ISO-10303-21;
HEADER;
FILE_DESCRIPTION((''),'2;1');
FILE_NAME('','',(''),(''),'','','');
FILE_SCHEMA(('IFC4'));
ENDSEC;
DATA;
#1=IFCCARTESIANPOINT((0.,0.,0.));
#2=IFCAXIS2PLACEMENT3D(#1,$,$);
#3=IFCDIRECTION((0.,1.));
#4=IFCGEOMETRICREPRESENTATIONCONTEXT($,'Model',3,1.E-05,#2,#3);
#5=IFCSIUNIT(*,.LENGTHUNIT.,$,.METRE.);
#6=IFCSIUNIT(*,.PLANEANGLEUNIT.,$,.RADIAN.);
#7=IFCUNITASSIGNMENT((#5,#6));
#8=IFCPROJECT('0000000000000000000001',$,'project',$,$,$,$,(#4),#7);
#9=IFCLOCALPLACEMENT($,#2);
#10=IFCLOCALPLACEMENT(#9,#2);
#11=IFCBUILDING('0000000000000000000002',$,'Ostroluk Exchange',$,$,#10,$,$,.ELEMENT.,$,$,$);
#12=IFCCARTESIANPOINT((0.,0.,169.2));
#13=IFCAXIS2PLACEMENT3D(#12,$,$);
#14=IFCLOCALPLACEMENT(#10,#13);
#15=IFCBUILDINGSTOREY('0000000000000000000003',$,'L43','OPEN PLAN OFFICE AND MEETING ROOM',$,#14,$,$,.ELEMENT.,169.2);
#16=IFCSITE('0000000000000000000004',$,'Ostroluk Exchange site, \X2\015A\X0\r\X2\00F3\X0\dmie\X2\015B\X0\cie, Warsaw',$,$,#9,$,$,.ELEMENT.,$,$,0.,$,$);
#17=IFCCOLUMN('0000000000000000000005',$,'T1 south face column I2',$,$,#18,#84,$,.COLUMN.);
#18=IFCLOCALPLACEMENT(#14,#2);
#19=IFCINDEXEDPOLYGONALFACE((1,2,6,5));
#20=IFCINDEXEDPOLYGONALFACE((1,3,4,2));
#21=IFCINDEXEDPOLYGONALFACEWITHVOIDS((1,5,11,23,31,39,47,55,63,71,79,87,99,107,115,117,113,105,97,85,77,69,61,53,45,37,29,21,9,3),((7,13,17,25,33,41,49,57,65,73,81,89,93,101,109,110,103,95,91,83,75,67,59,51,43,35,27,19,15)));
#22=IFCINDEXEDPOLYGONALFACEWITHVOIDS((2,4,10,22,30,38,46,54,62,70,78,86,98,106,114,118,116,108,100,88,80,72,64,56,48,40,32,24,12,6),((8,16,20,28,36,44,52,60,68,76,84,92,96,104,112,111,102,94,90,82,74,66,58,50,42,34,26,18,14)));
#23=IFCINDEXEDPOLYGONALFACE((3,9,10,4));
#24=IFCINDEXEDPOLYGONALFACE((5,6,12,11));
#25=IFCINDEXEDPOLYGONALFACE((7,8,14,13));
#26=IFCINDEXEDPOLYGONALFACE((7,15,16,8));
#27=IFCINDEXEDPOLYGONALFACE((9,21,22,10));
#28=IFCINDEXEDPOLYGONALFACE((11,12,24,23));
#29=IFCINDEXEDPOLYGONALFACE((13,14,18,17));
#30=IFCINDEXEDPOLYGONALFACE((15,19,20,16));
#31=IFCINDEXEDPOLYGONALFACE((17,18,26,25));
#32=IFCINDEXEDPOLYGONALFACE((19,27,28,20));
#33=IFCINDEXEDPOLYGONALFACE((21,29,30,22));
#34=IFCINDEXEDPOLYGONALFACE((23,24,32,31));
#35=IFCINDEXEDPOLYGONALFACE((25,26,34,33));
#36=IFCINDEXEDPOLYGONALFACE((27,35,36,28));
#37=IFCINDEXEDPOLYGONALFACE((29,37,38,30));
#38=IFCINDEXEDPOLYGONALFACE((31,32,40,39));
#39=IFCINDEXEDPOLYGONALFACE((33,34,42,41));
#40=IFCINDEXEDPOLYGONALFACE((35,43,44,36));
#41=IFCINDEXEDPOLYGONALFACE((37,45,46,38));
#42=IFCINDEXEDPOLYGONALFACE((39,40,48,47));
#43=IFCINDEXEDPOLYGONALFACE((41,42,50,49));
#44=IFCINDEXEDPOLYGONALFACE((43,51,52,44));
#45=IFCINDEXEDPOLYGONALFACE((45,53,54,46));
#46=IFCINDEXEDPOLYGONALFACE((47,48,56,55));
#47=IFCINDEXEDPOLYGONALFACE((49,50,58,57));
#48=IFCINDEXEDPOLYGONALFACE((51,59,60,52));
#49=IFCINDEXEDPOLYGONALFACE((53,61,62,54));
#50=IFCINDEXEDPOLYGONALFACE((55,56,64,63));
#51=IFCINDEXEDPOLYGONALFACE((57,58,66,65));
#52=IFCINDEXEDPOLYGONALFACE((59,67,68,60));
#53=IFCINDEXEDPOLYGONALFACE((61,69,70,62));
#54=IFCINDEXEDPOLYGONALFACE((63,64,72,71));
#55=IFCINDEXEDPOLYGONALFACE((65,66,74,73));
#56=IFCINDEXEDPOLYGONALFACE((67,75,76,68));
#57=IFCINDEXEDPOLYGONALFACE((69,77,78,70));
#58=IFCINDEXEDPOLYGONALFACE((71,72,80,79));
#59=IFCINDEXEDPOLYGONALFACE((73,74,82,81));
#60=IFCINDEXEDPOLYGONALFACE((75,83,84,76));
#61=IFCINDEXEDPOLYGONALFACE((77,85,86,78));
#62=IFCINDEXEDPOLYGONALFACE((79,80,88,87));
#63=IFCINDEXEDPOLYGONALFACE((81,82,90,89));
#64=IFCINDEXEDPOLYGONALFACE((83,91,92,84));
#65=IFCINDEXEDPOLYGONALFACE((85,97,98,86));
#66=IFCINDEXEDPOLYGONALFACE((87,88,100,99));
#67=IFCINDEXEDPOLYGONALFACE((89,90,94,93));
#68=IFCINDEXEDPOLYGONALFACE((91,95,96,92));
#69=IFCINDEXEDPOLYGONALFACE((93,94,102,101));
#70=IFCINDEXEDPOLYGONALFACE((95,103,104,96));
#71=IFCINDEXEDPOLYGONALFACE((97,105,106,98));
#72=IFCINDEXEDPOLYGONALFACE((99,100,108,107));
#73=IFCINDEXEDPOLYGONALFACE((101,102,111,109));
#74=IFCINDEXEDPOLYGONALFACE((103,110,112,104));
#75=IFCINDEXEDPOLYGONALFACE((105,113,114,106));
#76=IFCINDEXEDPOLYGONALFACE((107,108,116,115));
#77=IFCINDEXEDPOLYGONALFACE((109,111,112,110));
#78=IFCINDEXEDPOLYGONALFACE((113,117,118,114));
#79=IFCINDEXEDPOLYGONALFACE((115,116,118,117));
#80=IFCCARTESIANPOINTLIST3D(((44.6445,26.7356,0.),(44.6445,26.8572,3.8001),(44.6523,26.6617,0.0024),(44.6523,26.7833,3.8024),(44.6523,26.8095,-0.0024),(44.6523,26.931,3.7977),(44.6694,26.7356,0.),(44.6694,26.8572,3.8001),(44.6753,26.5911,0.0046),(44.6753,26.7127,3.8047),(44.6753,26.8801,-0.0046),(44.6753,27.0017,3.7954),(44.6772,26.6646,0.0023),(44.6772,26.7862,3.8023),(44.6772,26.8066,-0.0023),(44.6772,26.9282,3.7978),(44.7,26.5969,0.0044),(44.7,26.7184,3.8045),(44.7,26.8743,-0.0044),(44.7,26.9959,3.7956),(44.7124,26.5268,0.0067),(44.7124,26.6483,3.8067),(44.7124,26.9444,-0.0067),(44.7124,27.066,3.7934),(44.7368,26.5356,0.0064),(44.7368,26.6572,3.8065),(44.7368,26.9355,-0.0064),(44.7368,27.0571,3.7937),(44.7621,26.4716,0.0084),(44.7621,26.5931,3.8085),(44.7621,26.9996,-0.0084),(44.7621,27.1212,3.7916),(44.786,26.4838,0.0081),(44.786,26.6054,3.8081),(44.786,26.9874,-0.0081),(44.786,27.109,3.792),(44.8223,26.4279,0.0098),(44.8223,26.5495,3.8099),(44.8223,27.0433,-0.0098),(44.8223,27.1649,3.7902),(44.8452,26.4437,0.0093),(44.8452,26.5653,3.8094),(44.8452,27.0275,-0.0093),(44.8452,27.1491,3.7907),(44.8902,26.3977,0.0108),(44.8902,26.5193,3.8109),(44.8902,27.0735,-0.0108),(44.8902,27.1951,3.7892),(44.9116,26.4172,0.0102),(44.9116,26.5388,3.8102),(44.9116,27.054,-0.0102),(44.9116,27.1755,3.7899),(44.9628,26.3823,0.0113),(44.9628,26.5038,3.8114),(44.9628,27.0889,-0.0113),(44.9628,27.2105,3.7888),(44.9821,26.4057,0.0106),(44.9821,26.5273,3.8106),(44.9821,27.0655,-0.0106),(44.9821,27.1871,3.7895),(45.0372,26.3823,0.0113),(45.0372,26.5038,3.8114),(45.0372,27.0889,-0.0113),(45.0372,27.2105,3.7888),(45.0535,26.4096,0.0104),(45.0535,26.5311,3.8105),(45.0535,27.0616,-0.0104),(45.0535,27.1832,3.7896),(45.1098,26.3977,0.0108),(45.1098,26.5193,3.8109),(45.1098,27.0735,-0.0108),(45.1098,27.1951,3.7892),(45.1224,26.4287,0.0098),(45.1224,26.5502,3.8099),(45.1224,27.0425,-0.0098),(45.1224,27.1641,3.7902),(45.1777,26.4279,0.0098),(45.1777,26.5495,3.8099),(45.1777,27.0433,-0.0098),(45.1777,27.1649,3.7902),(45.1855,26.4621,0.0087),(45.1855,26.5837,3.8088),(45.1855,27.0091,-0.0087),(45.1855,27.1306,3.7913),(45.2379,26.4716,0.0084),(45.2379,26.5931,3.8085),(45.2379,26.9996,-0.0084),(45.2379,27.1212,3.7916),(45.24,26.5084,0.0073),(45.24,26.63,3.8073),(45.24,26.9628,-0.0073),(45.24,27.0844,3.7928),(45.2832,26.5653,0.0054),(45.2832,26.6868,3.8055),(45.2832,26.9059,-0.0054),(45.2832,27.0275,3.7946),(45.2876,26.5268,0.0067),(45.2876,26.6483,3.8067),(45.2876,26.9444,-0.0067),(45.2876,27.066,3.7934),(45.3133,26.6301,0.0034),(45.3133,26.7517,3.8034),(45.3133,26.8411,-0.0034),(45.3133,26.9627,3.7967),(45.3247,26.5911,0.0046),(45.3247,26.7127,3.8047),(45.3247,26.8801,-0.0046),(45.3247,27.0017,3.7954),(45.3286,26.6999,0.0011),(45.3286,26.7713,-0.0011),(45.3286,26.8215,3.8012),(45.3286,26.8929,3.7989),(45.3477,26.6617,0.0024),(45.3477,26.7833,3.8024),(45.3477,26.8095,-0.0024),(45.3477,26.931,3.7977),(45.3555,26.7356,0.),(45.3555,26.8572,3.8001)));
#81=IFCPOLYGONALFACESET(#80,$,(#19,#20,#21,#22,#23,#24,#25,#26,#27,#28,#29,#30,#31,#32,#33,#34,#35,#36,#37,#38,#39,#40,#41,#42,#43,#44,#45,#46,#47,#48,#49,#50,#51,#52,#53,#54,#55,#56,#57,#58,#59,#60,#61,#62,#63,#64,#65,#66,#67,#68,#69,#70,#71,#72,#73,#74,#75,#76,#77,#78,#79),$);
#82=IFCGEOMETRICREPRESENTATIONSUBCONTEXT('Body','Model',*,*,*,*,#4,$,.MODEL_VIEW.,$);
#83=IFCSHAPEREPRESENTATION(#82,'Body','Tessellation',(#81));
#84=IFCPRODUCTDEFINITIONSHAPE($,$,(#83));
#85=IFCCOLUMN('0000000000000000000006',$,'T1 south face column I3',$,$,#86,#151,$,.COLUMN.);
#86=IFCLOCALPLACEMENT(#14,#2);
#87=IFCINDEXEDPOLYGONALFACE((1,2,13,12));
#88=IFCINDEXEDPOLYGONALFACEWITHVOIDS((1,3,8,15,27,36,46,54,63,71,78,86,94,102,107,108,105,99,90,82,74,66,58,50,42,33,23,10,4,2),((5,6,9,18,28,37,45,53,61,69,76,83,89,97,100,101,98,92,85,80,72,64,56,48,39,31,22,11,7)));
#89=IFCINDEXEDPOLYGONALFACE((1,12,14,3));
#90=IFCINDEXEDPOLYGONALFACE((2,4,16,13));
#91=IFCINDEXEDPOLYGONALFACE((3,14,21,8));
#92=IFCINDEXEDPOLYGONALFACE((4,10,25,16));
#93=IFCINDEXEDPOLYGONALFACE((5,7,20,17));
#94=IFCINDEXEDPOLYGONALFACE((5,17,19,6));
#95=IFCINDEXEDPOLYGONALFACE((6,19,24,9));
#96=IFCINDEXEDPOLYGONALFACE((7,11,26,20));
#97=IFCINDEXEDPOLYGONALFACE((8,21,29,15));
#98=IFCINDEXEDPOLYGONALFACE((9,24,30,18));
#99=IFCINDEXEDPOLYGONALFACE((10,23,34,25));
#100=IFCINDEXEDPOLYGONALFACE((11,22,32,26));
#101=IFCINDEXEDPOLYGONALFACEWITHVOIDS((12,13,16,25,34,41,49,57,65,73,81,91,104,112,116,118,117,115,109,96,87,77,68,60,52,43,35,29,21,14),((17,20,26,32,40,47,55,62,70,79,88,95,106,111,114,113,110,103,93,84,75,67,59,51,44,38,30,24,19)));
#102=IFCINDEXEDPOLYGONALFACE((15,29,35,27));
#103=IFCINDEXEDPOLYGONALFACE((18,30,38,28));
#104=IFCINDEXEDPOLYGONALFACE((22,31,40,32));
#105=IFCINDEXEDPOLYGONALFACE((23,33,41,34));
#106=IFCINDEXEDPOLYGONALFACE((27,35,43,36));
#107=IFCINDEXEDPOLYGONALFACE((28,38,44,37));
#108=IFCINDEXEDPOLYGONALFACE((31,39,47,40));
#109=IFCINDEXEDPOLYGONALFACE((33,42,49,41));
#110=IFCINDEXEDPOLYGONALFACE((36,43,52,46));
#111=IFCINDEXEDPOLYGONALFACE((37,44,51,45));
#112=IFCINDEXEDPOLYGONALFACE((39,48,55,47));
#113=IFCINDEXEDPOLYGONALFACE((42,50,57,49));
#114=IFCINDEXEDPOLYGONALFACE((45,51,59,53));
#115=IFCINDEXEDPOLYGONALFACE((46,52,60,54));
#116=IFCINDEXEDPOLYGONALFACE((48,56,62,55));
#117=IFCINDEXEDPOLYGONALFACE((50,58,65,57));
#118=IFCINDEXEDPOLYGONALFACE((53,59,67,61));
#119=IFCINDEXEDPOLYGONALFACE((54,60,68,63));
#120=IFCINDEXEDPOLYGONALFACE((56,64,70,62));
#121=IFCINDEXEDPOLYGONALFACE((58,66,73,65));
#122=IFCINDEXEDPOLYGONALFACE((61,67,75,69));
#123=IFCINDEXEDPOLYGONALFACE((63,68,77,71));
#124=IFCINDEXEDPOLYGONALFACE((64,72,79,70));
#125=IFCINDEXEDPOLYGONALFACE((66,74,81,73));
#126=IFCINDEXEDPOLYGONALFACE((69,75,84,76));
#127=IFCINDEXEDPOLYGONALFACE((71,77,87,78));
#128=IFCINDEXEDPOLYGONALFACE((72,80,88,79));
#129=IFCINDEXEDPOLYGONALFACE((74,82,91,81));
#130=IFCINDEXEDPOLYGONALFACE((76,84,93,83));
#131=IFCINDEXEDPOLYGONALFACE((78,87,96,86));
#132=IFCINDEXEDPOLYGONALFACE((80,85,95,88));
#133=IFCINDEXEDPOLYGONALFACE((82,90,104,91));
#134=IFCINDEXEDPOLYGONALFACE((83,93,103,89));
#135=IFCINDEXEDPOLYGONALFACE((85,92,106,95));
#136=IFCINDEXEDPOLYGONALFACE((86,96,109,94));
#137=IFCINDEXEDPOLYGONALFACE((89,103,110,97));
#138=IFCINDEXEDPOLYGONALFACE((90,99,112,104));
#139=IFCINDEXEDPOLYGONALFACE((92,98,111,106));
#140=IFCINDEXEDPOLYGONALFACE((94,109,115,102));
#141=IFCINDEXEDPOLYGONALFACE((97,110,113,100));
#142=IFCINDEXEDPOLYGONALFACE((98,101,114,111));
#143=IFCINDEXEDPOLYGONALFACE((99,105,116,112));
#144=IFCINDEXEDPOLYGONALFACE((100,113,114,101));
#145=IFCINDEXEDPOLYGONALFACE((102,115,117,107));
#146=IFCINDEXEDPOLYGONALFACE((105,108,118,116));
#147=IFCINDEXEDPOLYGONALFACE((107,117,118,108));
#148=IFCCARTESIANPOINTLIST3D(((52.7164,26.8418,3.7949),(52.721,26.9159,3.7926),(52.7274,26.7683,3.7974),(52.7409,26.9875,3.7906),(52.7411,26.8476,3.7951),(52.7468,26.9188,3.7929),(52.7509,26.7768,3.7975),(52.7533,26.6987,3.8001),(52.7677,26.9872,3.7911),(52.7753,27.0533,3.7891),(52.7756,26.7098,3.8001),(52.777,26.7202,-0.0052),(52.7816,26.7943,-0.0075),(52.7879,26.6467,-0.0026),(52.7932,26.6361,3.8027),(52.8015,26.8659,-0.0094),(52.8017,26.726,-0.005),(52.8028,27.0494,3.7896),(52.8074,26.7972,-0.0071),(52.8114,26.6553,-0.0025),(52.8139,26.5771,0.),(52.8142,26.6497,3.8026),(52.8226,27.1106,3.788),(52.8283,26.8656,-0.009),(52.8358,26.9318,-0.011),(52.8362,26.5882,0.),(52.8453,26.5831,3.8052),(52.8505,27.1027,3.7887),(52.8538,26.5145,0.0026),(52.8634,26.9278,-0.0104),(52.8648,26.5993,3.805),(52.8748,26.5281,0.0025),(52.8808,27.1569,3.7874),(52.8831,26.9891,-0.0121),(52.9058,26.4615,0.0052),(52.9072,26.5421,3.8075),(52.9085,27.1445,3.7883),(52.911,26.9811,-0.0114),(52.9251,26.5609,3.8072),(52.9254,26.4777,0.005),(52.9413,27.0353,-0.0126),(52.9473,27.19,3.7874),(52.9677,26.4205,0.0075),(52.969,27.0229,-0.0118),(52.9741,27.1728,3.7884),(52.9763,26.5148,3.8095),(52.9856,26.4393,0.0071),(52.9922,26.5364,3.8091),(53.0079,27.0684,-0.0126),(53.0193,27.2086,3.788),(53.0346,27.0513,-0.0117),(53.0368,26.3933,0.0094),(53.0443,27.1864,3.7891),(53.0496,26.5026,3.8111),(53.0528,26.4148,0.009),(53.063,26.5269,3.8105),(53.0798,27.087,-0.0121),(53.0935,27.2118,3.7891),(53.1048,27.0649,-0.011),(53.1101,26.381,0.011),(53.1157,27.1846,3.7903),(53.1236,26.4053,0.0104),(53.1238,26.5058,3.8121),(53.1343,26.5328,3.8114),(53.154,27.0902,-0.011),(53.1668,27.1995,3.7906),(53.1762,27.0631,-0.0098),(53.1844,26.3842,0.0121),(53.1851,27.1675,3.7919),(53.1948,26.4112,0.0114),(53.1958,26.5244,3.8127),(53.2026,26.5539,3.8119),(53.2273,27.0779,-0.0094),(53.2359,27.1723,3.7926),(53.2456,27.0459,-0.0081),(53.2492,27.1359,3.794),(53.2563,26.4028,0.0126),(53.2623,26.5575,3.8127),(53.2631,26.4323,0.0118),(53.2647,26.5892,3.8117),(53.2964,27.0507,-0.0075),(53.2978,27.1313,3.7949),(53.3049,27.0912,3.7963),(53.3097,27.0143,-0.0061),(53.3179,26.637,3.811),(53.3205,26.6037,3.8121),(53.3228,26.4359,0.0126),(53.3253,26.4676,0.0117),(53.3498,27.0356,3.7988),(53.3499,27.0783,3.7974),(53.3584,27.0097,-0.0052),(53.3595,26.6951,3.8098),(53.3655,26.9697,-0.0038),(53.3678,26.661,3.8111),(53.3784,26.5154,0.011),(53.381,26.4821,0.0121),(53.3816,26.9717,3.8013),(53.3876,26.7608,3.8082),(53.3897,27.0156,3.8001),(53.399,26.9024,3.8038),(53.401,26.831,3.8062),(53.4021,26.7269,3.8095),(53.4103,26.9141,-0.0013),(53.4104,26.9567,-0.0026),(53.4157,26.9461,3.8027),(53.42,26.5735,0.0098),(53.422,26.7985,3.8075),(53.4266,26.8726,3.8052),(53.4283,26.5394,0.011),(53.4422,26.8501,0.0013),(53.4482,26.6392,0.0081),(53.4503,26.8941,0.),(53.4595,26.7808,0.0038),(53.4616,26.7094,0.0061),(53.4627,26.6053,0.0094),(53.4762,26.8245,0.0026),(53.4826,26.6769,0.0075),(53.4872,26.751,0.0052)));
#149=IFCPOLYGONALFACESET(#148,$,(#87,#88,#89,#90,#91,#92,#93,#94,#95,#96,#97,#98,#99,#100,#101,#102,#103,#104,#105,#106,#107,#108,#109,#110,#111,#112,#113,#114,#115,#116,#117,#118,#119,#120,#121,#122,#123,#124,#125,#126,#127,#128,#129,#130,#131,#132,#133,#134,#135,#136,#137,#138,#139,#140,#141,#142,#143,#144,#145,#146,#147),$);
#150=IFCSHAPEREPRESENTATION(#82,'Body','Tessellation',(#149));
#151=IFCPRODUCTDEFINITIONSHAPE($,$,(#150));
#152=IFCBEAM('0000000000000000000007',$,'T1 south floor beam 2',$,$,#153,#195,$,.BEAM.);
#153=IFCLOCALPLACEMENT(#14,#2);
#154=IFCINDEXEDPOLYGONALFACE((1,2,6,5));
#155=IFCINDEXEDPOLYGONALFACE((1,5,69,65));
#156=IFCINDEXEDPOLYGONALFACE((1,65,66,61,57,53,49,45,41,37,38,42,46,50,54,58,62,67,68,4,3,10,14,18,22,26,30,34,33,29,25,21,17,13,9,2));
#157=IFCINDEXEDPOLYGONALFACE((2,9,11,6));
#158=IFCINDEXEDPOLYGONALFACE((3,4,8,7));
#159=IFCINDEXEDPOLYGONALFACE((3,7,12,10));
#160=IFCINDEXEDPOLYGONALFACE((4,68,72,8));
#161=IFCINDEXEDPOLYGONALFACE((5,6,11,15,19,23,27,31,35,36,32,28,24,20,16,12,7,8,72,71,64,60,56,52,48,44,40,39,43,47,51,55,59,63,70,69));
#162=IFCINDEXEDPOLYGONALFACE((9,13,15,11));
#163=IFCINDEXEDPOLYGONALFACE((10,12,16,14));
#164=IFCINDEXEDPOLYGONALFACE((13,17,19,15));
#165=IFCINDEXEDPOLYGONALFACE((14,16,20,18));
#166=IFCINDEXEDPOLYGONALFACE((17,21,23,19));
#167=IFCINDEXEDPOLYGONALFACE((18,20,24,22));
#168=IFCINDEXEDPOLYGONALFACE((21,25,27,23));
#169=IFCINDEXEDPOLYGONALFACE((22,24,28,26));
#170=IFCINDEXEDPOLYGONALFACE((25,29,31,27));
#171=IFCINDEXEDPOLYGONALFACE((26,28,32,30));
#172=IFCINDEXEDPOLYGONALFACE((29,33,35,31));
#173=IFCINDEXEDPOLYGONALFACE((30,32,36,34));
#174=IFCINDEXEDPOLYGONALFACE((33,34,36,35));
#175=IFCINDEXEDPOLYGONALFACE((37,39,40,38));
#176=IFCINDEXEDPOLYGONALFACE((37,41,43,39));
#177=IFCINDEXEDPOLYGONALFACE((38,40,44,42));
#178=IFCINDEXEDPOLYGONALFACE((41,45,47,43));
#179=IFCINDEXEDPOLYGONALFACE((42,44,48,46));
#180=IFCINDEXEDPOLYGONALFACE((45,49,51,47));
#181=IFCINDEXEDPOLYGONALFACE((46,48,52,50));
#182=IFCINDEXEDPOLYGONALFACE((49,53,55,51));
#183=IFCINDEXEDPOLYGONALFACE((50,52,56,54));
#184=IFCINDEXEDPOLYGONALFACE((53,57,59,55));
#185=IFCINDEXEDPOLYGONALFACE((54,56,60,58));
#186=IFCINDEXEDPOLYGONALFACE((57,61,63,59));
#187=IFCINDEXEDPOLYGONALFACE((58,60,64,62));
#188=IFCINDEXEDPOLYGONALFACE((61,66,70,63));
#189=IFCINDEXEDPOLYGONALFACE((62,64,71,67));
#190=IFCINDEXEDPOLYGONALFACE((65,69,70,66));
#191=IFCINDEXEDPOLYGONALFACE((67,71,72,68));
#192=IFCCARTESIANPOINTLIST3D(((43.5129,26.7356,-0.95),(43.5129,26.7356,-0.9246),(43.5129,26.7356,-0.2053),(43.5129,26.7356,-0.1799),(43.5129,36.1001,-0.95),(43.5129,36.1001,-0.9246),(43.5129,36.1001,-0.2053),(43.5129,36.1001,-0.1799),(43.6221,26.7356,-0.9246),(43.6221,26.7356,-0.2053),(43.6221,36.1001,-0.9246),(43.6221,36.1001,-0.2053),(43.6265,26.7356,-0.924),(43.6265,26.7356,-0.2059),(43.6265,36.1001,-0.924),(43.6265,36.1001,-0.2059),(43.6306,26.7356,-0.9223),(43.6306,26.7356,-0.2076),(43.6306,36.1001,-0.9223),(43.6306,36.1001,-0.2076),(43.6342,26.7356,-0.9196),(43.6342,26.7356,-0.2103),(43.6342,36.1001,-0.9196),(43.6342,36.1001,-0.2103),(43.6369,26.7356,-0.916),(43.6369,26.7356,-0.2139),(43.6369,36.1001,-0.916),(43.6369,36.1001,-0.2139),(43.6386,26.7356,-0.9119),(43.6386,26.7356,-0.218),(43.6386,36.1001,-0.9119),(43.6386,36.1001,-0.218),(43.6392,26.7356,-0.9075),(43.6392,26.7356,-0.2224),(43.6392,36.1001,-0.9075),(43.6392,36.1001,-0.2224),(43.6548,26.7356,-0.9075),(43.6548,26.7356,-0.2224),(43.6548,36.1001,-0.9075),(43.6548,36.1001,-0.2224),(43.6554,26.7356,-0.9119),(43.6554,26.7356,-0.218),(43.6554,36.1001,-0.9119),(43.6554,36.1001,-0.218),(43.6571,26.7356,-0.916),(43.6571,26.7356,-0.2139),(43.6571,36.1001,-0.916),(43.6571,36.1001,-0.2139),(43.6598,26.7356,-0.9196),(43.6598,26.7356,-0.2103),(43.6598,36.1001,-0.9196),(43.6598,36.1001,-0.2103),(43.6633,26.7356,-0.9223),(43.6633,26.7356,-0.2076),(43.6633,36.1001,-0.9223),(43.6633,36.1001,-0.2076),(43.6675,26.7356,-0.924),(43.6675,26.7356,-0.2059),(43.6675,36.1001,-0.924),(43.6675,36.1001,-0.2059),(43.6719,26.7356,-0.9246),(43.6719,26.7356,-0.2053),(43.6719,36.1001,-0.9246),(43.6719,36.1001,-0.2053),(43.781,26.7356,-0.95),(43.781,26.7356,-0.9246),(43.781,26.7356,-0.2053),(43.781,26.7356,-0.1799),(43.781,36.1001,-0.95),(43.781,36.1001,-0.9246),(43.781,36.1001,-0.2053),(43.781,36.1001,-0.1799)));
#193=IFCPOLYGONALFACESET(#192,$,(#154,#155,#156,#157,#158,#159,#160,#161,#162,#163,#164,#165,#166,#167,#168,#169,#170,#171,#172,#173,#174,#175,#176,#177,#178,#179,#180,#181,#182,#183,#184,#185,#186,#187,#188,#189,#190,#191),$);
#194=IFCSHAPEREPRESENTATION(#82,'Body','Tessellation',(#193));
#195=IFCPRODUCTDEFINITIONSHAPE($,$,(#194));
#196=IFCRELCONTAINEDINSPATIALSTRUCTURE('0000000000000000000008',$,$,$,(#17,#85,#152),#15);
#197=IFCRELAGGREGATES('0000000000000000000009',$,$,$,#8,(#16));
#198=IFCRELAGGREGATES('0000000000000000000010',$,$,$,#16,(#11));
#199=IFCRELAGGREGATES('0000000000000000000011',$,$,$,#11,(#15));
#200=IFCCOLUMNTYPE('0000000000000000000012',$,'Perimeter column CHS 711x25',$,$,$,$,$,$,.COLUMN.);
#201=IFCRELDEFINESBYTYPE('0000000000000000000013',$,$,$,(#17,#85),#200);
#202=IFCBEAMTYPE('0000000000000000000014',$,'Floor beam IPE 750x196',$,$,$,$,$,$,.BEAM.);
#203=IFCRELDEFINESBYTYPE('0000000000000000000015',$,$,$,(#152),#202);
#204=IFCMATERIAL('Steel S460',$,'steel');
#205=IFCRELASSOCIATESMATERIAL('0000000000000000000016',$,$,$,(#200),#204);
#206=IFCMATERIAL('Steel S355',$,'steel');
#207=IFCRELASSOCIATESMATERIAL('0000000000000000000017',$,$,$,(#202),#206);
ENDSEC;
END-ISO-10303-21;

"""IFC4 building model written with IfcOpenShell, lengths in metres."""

from ifc_helpers import new_model, si_unit, direction, frame, origin, origin_2d, place, context, subcontext, project, spatial, hollow_circle, i_section, extrude, material, material_profile, profile_set, type_object, element, save


model = new_model("IFC4")

# Units and contexts
model_context = context("Model", 3, precision=1e-05, world=origin(), true_north=direction((0.0, 1.0)))
body_context = subcontext(model_context, "Body", "Model", "MODEL_VIEW")
ifc_project = project(units=[si_unit("LENGTHUNIT", "METRE"), si_unit("PLANEANGLEUNIT", "RADIAN")], contexts=[model_context])

# Site, building, storey
site_placement = place(None, origin())
site = spatial("IfcSite", under=ifc_project, at=site_placement, Name="Ostroluk Exchange site, Śródmieście, Warsaw", CompositionType="ELEMENT", RefElevation=0.0)
building_placement = place(site_placement, origin())
building = spatial("IfcBuilding", under=site, at=building_placement, Name="Ostroluk Exchange", CompositionType="ELEMENT")
storey_placement = place(building_placement, frame((0.0, 0.0, 169.2)))
storey = spatial("IfcBuildingStorey", under=building, at=storey_placement, Name="L43", Description="OPEN PLAN OFFICE AND MEETING ROOM", CompositionType="ELEMENT", Elevation=169.2)

# Columns
ifc_material_1 = material(Name="Steel S460", Category="steel")
ifc_material_profile_1 = material_profile(ifc_material_1, hollow_circle(Radius=0.3555, WallThickness=0.0249, at=origin_2d()), Name="CHS 711x25")
ifc_profile_set_1 = profile_set([ifc_material_profile_1], Name="Steel S460")
column_type = type_object("IfcColumnType", Name="Perimeter column CHS 711x25", PredefinedType="COLUMN", material=ifc_profile_set_1)
column_1_placement = place(storey_placement, frame((45.0, 26.7356, 0.0), z_axis=(0.0, 0.031978, 0.999489), x_axis=(-1.0, 0.0, 0.0)))
element("IfcColumn", 1, at=column_1_placement, inside=storey, type_object=column_type, Name="T1 south face column I2", PredefinedType="COLUMN", context=body_context, shape_type="SweptSolid", body=[
    extrude(hollow_circle(Radius=0.3555, WallThickness=0.0249, at=origin_2d()), origin(), (0.0, 0.0, 1.0), 3.802),
])
column_2_placement = place(storey_placement, frame((53.1321, 26.7356, 0.0), z_axis=(-0.015923, 0.031974, 0.999362), x_axis=(-0.895145, -0.445775, 0.0)))
element("IfcColumn", 2, at=column_2_placement, inside=storey, type_object=column_type, Name="T1 south face column I3", PredefinedType="COLUMN", context=body_context, shape_type="SweptSolid", body=[
    extrude(hollow_circle(Radius=0.3555, WallThickness=0.0249, at=origin_2d()), origin(), (0.0, 0.0, 1.0), 3.8025),
])

# Beam
ifc_material_2 = material(Name="Steel S355", Category="steel")
ifc_material_profile_2 = material_profile(ifc_material_2, i_section(OverallWidth=0.2681, OverallDepth=0.77, WebThickness=0.0156, FlangeThickness=0.0254, FilletRadius=0.0171, at=origin_2d()), Name="IPE 750x196")
ifc_profile_set_2 = profile_set([ifc_material_profile_2], Name="Steel S355")
beam_type_1 = type_object("IfcBeamType", Name="Floor beam IPE 750x196", PredefinedType="BEAM", material=ifc_profile_set_2)
for number, where, z_axis, x_axis, name in (
    (3, (43.647, 36.1001, -0.5649), (0.0, -1.0, 0.0), (1.0, 0.0, 0.0), "T1 south floor beam 2"),
):
    element("IfcBeam", number, at=place(storey_placement, frame(where, z_axis=z_axis, x_axis=x_axis)), inside=storey, type_object=beam_type_1, Name=name, PredefinedType="BEAM", context=body_context, shape_type="SweptSolid", body=[
        extrude(i_section(OverallWidth=0.2681, OverallDepth=0.77, WebThickness=0.0156, FlangeThickness=0.0254, FilletRadius=0.0171, at=origin_2d()), origin(), (0.0, 0.0, 1.0), 9.3645),
    ])

save(model, "model.ifc")
